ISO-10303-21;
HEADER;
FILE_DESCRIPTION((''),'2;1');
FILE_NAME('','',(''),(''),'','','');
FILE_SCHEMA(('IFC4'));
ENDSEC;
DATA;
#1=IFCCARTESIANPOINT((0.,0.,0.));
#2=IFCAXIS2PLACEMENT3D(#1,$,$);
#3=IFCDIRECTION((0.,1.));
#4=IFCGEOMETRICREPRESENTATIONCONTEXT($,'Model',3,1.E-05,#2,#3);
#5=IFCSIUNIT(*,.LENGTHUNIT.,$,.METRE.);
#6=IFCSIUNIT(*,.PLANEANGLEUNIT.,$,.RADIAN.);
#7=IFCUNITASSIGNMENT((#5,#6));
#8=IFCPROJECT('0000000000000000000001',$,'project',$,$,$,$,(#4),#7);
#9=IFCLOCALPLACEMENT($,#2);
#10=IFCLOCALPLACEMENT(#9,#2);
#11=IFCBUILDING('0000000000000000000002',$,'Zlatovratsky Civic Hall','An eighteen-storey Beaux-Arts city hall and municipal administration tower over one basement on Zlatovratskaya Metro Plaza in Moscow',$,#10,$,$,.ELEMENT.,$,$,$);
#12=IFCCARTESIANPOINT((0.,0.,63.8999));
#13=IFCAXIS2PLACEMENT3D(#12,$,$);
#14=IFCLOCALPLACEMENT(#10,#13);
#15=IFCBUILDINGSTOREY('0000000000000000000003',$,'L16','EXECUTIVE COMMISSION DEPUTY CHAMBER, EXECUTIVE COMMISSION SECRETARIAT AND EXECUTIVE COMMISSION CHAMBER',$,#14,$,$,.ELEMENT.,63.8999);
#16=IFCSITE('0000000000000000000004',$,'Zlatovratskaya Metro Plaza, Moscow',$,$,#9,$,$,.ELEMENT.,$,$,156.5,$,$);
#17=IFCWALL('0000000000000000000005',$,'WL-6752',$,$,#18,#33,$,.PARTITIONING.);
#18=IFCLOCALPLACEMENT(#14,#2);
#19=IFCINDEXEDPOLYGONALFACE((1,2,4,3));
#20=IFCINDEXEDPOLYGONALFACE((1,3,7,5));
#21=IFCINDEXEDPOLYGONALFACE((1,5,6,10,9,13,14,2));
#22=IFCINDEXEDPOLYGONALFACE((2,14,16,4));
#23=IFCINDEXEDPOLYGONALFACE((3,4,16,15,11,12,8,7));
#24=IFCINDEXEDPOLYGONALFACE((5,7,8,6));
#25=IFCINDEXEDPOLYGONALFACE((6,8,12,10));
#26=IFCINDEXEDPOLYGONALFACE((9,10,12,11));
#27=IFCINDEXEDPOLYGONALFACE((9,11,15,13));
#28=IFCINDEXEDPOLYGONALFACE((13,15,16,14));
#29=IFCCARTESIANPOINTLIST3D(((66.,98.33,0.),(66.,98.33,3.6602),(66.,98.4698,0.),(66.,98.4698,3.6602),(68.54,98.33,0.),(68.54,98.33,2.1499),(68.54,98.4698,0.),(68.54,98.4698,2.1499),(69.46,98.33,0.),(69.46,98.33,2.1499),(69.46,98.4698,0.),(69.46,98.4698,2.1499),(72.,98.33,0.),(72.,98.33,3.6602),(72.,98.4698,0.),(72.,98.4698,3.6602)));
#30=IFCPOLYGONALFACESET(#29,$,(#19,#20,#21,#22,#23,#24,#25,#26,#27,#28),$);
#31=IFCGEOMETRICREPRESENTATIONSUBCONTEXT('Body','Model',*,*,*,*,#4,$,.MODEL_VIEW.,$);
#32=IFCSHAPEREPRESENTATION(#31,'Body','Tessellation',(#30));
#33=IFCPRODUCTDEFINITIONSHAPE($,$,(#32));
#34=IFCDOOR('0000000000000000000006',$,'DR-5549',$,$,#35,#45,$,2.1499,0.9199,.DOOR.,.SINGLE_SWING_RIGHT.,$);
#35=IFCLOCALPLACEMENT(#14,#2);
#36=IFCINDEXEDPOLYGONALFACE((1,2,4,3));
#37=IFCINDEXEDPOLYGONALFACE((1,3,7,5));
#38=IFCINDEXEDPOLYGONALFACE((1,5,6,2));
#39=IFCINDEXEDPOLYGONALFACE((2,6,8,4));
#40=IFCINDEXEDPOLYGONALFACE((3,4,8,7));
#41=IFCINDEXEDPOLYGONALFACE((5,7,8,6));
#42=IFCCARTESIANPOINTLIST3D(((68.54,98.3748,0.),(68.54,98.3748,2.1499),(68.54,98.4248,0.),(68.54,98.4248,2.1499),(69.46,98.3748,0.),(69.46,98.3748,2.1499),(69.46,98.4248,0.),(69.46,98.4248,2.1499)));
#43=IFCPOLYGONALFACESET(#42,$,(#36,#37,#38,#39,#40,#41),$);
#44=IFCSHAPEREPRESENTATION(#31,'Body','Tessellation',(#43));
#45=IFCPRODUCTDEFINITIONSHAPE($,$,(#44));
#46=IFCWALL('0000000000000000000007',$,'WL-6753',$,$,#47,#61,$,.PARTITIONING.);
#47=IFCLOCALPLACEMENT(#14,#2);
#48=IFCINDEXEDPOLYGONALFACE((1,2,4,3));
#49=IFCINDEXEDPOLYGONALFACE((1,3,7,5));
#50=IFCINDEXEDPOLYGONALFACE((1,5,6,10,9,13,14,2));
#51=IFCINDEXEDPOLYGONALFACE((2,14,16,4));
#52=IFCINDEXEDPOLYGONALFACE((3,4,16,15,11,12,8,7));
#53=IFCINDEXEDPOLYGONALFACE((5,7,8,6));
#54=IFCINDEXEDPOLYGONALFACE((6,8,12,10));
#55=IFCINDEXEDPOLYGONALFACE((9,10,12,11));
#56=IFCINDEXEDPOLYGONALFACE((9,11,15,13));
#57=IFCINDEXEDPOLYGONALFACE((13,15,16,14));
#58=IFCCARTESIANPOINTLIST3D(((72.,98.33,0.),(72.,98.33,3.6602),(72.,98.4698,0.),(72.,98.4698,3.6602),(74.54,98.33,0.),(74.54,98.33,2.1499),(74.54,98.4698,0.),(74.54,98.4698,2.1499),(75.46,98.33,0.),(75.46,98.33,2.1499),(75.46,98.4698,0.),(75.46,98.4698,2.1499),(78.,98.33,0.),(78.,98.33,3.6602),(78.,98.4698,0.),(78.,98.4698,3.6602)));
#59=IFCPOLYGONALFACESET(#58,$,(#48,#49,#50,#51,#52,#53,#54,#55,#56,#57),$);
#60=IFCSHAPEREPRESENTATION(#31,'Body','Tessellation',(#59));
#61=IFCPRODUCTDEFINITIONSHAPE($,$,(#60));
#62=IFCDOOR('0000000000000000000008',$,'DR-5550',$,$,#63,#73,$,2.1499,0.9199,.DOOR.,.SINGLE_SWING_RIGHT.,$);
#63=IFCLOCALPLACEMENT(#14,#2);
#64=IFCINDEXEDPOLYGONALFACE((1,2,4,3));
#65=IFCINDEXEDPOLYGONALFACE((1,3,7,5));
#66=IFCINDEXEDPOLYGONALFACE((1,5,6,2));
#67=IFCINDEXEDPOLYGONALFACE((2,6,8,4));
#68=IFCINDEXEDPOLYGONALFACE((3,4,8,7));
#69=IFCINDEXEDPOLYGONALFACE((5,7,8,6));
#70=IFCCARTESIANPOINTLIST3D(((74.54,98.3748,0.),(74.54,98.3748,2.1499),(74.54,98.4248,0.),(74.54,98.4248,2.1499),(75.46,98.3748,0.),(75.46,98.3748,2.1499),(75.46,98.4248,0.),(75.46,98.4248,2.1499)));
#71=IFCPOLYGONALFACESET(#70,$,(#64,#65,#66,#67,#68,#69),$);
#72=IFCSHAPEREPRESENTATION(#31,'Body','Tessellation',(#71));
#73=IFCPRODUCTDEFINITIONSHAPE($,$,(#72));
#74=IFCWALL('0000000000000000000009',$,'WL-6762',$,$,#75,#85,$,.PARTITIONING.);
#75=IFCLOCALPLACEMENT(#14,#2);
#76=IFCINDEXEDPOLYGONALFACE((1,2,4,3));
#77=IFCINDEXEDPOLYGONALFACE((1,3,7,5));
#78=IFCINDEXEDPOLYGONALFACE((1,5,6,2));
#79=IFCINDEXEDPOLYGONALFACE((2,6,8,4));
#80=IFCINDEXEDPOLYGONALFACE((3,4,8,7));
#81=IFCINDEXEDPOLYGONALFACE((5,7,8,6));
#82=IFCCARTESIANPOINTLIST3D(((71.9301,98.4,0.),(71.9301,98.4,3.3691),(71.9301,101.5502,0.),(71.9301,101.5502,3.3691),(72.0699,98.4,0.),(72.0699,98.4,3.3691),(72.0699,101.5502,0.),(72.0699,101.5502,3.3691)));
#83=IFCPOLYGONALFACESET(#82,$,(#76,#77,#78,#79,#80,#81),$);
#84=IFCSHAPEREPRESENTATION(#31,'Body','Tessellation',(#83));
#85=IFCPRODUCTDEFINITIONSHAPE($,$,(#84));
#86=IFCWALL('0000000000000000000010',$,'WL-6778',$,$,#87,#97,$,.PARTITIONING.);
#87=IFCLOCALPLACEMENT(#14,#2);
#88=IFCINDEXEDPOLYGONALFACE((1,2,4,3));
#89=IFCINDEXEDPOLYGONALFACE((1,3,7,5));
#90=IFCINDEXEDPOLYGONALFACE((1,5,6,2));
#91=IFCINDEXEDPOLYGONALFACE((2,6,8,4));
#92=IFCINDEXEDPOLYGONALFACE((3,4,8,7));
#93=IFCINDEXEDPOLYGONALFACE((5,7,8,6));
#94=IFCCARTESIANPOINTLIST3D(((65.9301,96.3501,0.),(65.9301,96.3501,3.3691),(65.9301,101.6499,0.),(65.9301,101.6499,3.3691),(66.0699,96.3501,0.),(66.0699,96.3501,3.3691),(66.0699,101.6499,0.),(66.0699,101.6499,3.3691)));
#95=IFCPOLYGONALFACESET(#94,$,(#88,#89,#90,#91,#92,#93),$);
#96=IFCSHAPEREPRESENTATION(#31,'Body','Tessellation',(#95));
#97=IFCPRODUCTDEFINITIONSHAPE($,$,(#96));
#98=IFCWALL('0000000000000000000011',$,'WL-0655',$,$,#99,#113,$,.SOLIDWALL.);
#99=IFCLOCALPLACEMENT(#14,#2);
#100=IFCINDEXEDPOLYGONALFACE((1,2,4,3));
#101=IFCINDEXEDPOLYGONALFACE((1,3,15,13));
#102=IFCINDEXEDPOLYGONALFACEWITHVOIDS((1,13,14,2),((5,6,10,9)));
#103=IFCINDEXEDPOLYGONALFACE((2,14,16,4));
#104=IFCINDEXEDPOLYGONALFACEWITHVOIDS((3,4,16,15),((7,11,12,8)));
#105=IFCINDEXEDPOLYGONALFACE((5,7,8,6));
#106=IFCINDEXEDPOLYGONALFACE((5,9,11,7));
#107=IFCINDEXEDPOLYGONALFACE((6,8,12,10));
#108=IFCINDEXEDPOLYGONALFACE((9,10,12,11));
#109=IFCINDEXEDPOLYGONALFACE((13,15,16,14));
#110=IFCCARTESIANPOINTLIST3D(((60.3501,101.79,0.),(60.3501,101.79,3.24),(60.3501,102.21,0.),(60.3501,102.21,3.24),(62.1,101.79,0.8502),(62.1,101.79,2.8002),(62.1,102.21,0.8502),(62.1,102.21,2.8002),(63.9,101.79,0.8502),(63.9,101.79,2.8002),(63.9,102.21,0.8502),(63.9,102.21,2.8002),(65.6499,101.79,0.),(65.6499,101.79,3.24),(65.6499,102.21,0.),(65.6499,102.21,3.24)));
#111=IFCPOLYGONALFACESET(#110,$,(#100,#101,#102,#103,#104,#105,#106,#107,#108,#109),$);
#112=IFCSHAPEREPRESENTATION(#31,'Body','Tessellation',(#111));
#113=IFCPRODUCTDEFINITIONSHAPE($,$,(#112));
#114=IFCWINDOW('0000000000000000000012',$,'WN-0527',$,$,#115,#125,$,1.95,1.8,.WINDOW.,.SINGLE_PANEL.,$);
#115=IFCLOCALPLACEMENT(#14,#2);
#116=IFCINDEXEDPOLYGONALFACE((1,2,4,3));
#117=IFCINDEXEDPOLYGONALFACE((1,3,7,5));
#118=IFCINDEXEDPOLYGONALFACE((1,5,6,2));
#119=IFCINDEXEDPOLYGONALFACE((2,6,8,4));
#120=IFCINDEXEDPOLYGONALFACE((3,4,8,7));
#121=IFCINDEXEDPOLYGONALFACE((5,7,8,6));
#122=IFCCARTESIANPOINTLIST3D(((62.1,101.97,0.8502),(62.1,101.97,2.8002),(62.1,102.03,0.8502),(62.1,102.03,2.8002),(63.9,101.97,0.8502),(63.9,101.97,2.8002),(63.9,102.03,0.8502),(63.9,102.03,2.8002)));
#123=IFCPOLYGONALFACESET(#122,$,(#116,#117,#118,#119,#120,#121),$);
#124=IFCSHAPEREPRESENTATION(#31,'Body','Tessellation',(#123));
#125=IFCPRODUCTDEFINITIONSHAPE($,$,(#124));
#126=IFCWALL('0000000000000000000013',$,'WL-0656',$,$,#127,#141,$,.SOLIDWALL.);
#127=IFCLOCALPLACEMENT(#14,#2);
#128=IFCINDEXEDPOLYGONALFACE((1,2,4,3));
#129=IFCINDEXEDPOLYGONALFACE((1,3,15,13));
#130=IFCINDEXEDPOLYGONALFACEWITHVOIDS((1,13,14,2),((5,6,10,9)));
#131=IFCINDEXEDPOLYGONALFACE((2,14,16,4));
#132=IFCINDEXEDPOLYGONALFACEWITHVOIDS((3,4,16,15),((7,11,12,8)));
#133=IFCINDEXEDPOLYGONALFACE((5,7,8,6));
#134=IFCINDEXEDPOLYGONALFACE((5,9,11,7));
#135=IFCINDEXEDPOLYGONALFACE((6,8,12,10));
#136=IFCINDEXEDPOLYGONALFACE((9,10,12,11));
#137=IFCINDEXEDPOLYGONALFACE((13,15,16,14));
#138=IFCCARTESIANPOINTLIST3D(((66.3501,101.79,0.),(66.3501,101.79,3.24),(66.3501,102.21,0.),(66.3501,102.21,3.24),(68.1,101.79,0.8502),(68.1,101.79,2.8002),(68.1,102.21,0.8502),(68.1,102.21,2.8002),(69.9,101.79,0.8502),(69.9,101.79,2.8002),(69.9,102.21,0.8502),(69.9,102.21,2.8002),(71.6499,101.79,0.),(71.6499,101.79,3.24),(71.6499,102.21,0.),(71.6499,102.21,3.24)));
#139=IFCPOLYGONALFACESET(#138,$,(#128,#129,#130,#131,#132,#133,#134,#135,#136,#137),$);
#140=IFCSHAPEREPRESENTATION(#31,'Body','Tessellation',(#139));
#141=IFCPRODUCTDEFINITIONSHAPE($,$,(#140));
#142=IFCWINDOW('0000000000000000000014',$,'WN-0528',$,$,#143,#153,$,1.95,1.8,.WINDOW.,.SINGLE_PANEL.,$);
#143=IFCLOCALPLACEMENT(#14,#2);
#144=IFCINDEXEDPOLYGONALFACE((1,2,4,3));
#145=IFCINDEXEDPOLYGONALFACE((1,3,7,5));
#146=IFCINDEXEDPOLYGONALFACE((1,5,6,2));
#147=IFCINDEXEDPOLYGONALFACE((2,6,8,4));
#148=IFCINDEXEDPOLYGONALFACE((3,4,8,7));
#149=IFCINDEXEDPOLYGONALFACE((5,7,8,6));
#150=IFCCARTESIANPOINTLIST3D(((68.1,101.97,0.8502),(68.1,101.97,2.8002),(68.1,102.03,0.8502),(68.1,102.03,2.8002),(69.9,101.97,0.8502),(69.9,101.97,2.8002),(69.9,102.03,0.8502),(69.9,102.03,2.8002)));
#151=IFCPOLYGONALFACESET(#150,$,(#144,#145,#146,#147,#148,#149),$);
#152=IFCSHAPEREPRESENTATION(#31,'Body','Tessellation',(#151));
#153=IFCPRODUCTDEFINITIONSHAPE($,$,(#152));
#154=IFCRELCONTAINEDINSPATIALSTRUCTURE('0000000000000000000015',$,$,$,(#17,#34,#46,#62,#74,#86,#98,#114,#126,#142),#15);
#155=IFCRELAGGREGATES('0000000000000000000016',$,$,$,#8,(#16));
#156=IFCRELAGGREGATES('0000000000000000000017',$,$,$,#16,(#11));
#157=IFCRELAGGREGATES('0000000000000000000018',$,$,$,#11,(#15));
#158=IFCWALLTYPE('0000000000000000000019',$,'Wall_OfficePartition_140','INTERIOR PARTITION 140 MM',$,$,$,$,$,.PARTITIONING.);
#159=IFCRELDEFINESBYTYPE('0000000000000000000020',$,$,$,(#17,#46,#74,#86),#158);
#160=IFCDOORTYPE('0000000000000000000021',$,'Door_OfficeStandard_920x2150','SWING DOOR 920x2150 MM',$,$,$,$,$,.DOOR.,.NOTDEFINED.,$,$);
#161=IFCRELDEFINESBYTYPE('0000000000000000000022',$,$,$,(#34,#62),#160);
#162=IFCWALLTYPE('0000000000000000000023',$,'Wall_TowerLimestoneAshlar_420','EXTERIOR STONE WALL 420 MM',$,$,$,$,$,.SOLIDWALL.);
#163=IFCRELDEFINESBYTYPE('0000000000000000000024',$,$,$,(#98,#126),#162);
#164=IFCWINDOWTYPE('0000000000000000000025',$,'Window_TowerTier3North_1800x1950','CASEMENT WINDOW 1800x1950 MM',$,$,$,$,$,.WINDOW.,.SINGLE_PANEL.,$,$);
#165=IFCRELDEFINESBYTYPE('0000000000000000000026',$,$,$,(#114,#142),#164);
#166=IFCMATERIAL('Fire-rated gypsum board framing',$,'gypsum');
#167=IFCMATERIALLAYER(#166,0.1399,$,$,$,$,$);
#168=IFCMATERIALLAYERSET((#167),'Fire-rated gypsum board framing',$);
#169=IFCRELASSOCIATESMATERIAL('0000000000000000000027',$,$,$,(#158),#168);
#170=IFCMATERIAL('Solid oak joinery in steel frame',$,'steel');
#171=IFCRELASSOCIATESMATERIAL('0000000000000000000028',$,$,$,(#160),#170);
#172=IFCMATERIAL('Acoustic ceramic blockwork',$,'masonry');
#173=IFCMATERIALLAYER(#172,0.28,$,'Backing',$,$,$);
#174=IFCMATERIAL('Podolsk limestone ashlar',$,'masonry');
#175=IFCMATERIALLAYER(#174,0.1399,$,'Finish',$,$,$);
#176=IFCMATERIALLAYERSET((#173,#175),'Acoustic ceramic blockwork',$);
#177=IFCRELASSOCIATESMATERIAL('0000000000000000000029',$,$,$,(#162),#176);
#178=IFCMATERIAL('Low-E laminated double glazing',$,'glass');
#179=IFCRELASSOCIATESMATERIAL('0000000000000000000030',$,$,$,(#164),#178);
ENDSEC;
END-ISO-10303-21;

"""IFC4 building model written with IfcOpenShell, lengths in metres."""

from ifc_helpers import new_model, si_unit, direction, frame, frame_2d, origin, place, context, subcontext, project, spatial, rectangle, extrude, material, layer, layer_set, type_object, element, fill, save


model = new_model("IFC4")

# Units and contexts
model_context = context("Model", 3, precision=1e-05, world=origin(), true_north=direction((0.0, 1.0)))
body_context = subcontext(model_context, "Body", "Model", "MODEL_VIEW")
ifc_project = project(units=[si_unit("LENGTHUNIT", "METRE"), si_unit("PLANEANGLEUNIT", "RADIAN")], contexts=[model_context])

# Site, building, storey
site_placement = place(None, origin())
site = spatial("IfcSite", under=ifc_project, at=site_placement, Name="Zlatovratskaya Metro Plaza, Moscow", CompositionType="ELEMENT", RefElevation=156.5)
building_placement = place(site_placement, origin())
building = spatial("IfcBuilding", under=site, at=building_placement, Name="Zlatovratsky Civic Hall", Description="An eighteen-storey Beaux-Arts city hall and municipal administration tower over one basement on Zlatovratskaya Metro Plaza in Moscow", CompositionType="ELEMENT")
storey_placement = place(building_placement, frame((0.0, 0.0, 63.8999)))
storey = spatial("IfcBuildingStorey", under=building, at=storey_placement, Name="L16", Description="EXECUTIVE COMMISSION DEPUTY CHAMBER, EXECUTIVE COMMISSION SECRETARIAT AND EXECUTIVE COMMISSION CHAMBER", CompositionType="ELEMENT", Elevation=63.8999)

# Walls, openings, doors
ifc_material_1 = material(Name="Fire-rated gypsum board framing", Category="gypsum")
ifc_layer_1 = layer(ifc_material_1, 0.1399)
ifc_layer_set_1 = layer_set([ifc_layer_1], Name="Fire-rated gypsum board framing")
wall_type_1 = type_object("IfcWallType", Name="Wall_OfficePartition_140", Description="INTERIOR PARTITION 140 MM", PredefinedType="PARTITIONING", material=ifc_layer_set_1)
wall_1_placement = place(storey_placement, frame((66.0, 98.3999, 0.0), z_axis=(0.0, 0.0, 1.0), x_axis=(1.0, 0.0, 0.0)))
wall_1 = element("IfcWall", 1, at=wall_1_placement, inside=storey, type_object=wall_type_1, Name="WL-6752", PredefinedType="PARTITIONING", context=body_context, shape_type="SweptSolid", body=[
    extrude(rectangle(XDim=6.0, YDim=0.1399, at=frame_2d((3.0, 0.0))), origin(), (0.0, 0.0, 1.0), 3.6602),
])
opening_1_placement = place(wall_1_placement, frame((2.54, 0.0, 0.0)))
opening_1 = element("IfcOpeningElement", 2, at=opening_1_placement, cuts=wall_1, PredefinedType="OPENING", context=body_context, shape_type="SweptSolid", body=[
    extrude(rectangle(XDim=0.9199, YDim=2.1499, at=frame_2d((0.46, 1.075))), frame((0.0, 0.085, 0.0), z_axis=(0.0, -1.0, 0.0), x_axis=(1.0, 0.0, 0.0)), (0.0, 0.0, 1.0), 0.1697),
])
ifc_material_2 = material(Name="Solid oak joinery in steel frame", Category="steel")
door_type = type_object("IfcDoorType", Name="Door_OfficeStandard_920x2150", Description="SWING DOOR 920x2150 MM", OperationType="NOTDEFINED", PredefinedType="DOOR", material=ifc_material_2)
door_1_placement = place(opening_1_placement, origin())
door_1 = element("IfcDoor", 3, at=door_1_placement, inside=storey, type_object=door_type, Name="DR-5549", OperationType="SINGLE_SWING_RIGHT", OverallHeight=2.1499, OverallWidth=0.9199, PredefinedType="DOOR", context=body_context, shape_type="SweptSolid", body=[
    extrude(rectangle(XDim=0.9199, YDim=2.1499, at=frame_2d((0.46, 1.075))), frame((0.0, 0.0249, 0.0), z_axis=(0.0, -1.0, 0.0), x_axis=(1.0, 0.0, 0.0)), (0.0, 0.0, 1.0), 0.05),
])
fill(opening_1, door_1)
wall_2_placement = place(storey_placement, frame((72.0, 98.3999, 0.0), z_axis=(0.0, 0.0, 1.0), x_axis=(1.0, 0.0, 0.0)))
wall_2 = element("IfcWall", 4, at=wall_2_placement, inside=storey, type_object=wall_type_1, Name="WL-6753", PredefinedType="PARTITIONING", context=body_context, shape_type="SweptSolid", body=[
    extrude(rectangle(XDim=6.0, YDim=0.1399, at=frame_2d((3.0, 0.0))), origin(), (0.0, 0.0, 1.0), 3.6602),
])
opening_2_placement = place(wall_2_placement, frame((2.54, 0.0, 0.0)))
opening_2 = element("IfcOpeningElement", 5, at=opening_2_placement, cuts=wall_2, PredefinedType="OPENING", context=body_context, shape_type="SweptSolid", body=[
    extrude(rectangle(XDim=0.9199, YDim=2.1499, at=frame_2d((0.46, 1.075))), frame((0.0, 0.085, 0.0), z_axis=(0.0, -1.0, 0.0), x_axis=(1.0, 0.0, 0.0)), (0.0, 0.0, 1.0), 0.1697),
])
door_2_placement = place(opening_2_placement, origin())
door_2 = element("IfcDoor", 6, at=door_2_placement, inside=storey, type_object=door_type, Name="DR-5550", OperationType="SINGLE_SWING_RIGHT", OverallHeight=2.1499, OverallWidth=0.9199, PredefinedType="DOOR", context=body_context, shape_type="SweptSolid", body=[
    extrude(rectangle(XDim=0.9199, YDim=2.1499, at=frame_2d((0.46, 1.075))), frame((0.0, 0.0249, 0.0), z_axis=(0.0, -1.0, 0.0), x_axis=(1.0, 0.0, 0.0)), (0.0, 0.0, 1.0), 0.05),
])
fill(opening_2, door_2)

# Walls
wall_3_placement = place(storey_placement, frame((72.0, 98.3999, 0.0), z_axis=(0.0, 0.0, 1.0), x_axis=(0.0, 1.0, 0.0)))
element("IfcWall", 7, at=wall_3_placement, inside=storey, type_object=wall_type_1, Name="WL-6762", PredefinedType="PARTITIONING", context=body_context, shape_type="SweptSolid", body=[
    extrude(rectangle(XDim=3.1501, YDim=0.1399, at=frame_2d((1.5752, 0.0))), origin(), (0.0, 0.0, 1.0), 3.3691),
])
wall_4_placement = place(storey_placement, frame((66.0, 96.3501, 0.0), z_axis=(0.0, 0.0, 1.0), x_axis=(0.0, 1.0, 0.0)))
element("IfcWall", 8, at=wall_4_placement, inside=storey, type_object=wall_type_1, Name="WL-6778", PredefinedType="PARTITIONING", context=body_context, shape_type="SweptSolid", body=[
    extrude(rectangle(XDim=5.2998, YDim=0.1399, at=frame_2d((2.6499, 0.0))), origin(), (0.0, 0.0, 1.0), 3.3691),
])

# Walls, openings, windows
ifc_material_3 = material(Name="Acoustic ceramic blockwork", Category="masonry")
ifc_layer_2 = layer(ifc_material_3, 0.28, Name="Backing")
ifc_material_4 = material(Name="Podolsk limestone ashlar", Category="masonry")
ifc_layer_3 = layer(ifc_material_4, 0.1399, Name="Finish")
ifc_layer_set_2 = layer_set([ifc_layer_2, ifc_layer_3], Name="Acoustic ceramic blockwork")
wall_type_2 = type_object("IfcWallType", Name="Wall_TowerLimestoneAshlar_420", Description="EXTERIOR STONE WALL 420 MM", PredefinedType="SOLIDWALL", material=ifc_layer_set_2)
wall_5_placement = place(storey_placement, frame((60.3501, 102.0, 0.0), z_axis=(0.0, 0.0, 1.0), x_axis=(1.0, 0.0, 0.0)))
wall_5 = element("IfcWall", 9, at=wall_5_placement, inside=storey, type_object=wall_type_2, Name="WL-0655", PredefinedType="SOLIDWALL", context=body_context, shape_type="SweptSolid", body=[
    extrude(rectangle(XDim=5.2998, YDim=0.4199, at=frame_2d((2.6499, 0.0))), origin(), (0.0, 0.0, 1.0), 3.24),
])
opening_3_placement = place(wall_5_placement, frame((1.75, 0.0, 0.8501)))
opening_3 = element("IfcOpeningElement", 10, at=opening_3_placement, cuts=wall_5, PredefinedType="OPENING", context=body_context, shape_type="SweptSolid", body=[
    extrude(rectangle(XDim=1.8, YDim=1.95, at=frame_2d((0.8999, 0.9751))), frame((0.0, 0.2249, 0.0), z_axis=(0.0, -1.0, 0.0), x_axis=(1.0, 0.0, 0.0)), (0.0, 0.0, 1.0), 0.4497),
])
ifc_material_5 = material(Name="Low-E laminated double glazing", Category="glass")
window_type_1 = type_object("IfcWindowType", Name="Window_TowerTier3North_1800x1950", Description="CASEMENT WINDOW 1800x1950 MM", PartitioningType="SINGLE_PANEL", PredefinedType="WINDOW", material=ifc_material_5)
window_1_placement = place(opening_3_placement, origin())
window_1 = element("IfcWindow", 11, at=window_1_placement, inside=storey, type_object=window_type_1, Name="WN-0527", OverallHeight=1.95, OverallWidth=1.8, PartitioningType="SINGLE_PANEL", PredefinedType="WINDOW", context=body_context, shape_type="SweptSolid", body=[
    extrude(rectangle(XDim=1.8, YDim=1.95, at=frame_2d((0.8999, 0.9751))), frame((0.0, 0.03, 0.0), z_axis=(0.0, -1.0, 0.0), x_axis=(1.0, 0.0, 0.0)), (0.0, 0.0, 1.0), 0.0601),
])
fill(opening_3, window_1)
wall_6_placement = place(storey_placement, frame((66.3501, 102.0, 0.0), z_axis=(0.0, 0.0, 1.0), x_axis=(1.0, 0.0, 0.0)))
wall_6 = element("IfcWall", 12, at=wall_6_placement, inside=storey, type_object=wall_type_2, Name="WL-0656", PredefinedType="SOLIDWALL", context=body_context, shape_type="SweptSolid", body=[
    extrude(rectangle(XDim=5.2998, YDim=0.4199, at=frame_2d((2.6499, 0.0))), origin(), (0.0, 0.0, 1.0), 3.24),
])
opening_4_placement = place(wall_6_placement, frame((1.75, 0.0, 0.8501)))
opening_4 = element("IfcOpeningElement", 13, at=opening_4_placement, cuts=wall_6, PredefinedType="OPENING", context=body_context, shape_type="SweptSolid", body=[
    extrude(rectangle(XDim=1.8, YDim=1.95, at=frame_2d((0.8999, 0.9751))), frame((0.0, 0.2249, 0.0), z_axis=(0.0, -1.0, 0.0), x_axis=(1.0, 0.0, 0.0)), (0.0, 0.0, 1.0), 0.4497),
])
window_2_placement = place(opening_4_placement, origin())
window_2 = element("IfcWindow", 14, at=window_2_placement, inside=storey, type_object=window_type_1, Name="WN-0528", OverallHeight=1.95, OverallWidth=1.8, PartitioningType="SINGLE_PANEL", PredefinedType="WINDOW", context=body_context, shape_type="SweptSolid", body=[
    extrude(rectangle(XDim=1.8, YDim=1.95, at=frame_2d((0.8999, 0.9751))), frame((0.0, 0.03, 0.0), z_axis=(0.0, -1.0, 0.0), x_axis=(1.0, 0.0, 0.0)), (0.0, 0.0, 1.0), 0.0601),
])
fill(opening_4, window_2)

save(model, "model.ifc")
